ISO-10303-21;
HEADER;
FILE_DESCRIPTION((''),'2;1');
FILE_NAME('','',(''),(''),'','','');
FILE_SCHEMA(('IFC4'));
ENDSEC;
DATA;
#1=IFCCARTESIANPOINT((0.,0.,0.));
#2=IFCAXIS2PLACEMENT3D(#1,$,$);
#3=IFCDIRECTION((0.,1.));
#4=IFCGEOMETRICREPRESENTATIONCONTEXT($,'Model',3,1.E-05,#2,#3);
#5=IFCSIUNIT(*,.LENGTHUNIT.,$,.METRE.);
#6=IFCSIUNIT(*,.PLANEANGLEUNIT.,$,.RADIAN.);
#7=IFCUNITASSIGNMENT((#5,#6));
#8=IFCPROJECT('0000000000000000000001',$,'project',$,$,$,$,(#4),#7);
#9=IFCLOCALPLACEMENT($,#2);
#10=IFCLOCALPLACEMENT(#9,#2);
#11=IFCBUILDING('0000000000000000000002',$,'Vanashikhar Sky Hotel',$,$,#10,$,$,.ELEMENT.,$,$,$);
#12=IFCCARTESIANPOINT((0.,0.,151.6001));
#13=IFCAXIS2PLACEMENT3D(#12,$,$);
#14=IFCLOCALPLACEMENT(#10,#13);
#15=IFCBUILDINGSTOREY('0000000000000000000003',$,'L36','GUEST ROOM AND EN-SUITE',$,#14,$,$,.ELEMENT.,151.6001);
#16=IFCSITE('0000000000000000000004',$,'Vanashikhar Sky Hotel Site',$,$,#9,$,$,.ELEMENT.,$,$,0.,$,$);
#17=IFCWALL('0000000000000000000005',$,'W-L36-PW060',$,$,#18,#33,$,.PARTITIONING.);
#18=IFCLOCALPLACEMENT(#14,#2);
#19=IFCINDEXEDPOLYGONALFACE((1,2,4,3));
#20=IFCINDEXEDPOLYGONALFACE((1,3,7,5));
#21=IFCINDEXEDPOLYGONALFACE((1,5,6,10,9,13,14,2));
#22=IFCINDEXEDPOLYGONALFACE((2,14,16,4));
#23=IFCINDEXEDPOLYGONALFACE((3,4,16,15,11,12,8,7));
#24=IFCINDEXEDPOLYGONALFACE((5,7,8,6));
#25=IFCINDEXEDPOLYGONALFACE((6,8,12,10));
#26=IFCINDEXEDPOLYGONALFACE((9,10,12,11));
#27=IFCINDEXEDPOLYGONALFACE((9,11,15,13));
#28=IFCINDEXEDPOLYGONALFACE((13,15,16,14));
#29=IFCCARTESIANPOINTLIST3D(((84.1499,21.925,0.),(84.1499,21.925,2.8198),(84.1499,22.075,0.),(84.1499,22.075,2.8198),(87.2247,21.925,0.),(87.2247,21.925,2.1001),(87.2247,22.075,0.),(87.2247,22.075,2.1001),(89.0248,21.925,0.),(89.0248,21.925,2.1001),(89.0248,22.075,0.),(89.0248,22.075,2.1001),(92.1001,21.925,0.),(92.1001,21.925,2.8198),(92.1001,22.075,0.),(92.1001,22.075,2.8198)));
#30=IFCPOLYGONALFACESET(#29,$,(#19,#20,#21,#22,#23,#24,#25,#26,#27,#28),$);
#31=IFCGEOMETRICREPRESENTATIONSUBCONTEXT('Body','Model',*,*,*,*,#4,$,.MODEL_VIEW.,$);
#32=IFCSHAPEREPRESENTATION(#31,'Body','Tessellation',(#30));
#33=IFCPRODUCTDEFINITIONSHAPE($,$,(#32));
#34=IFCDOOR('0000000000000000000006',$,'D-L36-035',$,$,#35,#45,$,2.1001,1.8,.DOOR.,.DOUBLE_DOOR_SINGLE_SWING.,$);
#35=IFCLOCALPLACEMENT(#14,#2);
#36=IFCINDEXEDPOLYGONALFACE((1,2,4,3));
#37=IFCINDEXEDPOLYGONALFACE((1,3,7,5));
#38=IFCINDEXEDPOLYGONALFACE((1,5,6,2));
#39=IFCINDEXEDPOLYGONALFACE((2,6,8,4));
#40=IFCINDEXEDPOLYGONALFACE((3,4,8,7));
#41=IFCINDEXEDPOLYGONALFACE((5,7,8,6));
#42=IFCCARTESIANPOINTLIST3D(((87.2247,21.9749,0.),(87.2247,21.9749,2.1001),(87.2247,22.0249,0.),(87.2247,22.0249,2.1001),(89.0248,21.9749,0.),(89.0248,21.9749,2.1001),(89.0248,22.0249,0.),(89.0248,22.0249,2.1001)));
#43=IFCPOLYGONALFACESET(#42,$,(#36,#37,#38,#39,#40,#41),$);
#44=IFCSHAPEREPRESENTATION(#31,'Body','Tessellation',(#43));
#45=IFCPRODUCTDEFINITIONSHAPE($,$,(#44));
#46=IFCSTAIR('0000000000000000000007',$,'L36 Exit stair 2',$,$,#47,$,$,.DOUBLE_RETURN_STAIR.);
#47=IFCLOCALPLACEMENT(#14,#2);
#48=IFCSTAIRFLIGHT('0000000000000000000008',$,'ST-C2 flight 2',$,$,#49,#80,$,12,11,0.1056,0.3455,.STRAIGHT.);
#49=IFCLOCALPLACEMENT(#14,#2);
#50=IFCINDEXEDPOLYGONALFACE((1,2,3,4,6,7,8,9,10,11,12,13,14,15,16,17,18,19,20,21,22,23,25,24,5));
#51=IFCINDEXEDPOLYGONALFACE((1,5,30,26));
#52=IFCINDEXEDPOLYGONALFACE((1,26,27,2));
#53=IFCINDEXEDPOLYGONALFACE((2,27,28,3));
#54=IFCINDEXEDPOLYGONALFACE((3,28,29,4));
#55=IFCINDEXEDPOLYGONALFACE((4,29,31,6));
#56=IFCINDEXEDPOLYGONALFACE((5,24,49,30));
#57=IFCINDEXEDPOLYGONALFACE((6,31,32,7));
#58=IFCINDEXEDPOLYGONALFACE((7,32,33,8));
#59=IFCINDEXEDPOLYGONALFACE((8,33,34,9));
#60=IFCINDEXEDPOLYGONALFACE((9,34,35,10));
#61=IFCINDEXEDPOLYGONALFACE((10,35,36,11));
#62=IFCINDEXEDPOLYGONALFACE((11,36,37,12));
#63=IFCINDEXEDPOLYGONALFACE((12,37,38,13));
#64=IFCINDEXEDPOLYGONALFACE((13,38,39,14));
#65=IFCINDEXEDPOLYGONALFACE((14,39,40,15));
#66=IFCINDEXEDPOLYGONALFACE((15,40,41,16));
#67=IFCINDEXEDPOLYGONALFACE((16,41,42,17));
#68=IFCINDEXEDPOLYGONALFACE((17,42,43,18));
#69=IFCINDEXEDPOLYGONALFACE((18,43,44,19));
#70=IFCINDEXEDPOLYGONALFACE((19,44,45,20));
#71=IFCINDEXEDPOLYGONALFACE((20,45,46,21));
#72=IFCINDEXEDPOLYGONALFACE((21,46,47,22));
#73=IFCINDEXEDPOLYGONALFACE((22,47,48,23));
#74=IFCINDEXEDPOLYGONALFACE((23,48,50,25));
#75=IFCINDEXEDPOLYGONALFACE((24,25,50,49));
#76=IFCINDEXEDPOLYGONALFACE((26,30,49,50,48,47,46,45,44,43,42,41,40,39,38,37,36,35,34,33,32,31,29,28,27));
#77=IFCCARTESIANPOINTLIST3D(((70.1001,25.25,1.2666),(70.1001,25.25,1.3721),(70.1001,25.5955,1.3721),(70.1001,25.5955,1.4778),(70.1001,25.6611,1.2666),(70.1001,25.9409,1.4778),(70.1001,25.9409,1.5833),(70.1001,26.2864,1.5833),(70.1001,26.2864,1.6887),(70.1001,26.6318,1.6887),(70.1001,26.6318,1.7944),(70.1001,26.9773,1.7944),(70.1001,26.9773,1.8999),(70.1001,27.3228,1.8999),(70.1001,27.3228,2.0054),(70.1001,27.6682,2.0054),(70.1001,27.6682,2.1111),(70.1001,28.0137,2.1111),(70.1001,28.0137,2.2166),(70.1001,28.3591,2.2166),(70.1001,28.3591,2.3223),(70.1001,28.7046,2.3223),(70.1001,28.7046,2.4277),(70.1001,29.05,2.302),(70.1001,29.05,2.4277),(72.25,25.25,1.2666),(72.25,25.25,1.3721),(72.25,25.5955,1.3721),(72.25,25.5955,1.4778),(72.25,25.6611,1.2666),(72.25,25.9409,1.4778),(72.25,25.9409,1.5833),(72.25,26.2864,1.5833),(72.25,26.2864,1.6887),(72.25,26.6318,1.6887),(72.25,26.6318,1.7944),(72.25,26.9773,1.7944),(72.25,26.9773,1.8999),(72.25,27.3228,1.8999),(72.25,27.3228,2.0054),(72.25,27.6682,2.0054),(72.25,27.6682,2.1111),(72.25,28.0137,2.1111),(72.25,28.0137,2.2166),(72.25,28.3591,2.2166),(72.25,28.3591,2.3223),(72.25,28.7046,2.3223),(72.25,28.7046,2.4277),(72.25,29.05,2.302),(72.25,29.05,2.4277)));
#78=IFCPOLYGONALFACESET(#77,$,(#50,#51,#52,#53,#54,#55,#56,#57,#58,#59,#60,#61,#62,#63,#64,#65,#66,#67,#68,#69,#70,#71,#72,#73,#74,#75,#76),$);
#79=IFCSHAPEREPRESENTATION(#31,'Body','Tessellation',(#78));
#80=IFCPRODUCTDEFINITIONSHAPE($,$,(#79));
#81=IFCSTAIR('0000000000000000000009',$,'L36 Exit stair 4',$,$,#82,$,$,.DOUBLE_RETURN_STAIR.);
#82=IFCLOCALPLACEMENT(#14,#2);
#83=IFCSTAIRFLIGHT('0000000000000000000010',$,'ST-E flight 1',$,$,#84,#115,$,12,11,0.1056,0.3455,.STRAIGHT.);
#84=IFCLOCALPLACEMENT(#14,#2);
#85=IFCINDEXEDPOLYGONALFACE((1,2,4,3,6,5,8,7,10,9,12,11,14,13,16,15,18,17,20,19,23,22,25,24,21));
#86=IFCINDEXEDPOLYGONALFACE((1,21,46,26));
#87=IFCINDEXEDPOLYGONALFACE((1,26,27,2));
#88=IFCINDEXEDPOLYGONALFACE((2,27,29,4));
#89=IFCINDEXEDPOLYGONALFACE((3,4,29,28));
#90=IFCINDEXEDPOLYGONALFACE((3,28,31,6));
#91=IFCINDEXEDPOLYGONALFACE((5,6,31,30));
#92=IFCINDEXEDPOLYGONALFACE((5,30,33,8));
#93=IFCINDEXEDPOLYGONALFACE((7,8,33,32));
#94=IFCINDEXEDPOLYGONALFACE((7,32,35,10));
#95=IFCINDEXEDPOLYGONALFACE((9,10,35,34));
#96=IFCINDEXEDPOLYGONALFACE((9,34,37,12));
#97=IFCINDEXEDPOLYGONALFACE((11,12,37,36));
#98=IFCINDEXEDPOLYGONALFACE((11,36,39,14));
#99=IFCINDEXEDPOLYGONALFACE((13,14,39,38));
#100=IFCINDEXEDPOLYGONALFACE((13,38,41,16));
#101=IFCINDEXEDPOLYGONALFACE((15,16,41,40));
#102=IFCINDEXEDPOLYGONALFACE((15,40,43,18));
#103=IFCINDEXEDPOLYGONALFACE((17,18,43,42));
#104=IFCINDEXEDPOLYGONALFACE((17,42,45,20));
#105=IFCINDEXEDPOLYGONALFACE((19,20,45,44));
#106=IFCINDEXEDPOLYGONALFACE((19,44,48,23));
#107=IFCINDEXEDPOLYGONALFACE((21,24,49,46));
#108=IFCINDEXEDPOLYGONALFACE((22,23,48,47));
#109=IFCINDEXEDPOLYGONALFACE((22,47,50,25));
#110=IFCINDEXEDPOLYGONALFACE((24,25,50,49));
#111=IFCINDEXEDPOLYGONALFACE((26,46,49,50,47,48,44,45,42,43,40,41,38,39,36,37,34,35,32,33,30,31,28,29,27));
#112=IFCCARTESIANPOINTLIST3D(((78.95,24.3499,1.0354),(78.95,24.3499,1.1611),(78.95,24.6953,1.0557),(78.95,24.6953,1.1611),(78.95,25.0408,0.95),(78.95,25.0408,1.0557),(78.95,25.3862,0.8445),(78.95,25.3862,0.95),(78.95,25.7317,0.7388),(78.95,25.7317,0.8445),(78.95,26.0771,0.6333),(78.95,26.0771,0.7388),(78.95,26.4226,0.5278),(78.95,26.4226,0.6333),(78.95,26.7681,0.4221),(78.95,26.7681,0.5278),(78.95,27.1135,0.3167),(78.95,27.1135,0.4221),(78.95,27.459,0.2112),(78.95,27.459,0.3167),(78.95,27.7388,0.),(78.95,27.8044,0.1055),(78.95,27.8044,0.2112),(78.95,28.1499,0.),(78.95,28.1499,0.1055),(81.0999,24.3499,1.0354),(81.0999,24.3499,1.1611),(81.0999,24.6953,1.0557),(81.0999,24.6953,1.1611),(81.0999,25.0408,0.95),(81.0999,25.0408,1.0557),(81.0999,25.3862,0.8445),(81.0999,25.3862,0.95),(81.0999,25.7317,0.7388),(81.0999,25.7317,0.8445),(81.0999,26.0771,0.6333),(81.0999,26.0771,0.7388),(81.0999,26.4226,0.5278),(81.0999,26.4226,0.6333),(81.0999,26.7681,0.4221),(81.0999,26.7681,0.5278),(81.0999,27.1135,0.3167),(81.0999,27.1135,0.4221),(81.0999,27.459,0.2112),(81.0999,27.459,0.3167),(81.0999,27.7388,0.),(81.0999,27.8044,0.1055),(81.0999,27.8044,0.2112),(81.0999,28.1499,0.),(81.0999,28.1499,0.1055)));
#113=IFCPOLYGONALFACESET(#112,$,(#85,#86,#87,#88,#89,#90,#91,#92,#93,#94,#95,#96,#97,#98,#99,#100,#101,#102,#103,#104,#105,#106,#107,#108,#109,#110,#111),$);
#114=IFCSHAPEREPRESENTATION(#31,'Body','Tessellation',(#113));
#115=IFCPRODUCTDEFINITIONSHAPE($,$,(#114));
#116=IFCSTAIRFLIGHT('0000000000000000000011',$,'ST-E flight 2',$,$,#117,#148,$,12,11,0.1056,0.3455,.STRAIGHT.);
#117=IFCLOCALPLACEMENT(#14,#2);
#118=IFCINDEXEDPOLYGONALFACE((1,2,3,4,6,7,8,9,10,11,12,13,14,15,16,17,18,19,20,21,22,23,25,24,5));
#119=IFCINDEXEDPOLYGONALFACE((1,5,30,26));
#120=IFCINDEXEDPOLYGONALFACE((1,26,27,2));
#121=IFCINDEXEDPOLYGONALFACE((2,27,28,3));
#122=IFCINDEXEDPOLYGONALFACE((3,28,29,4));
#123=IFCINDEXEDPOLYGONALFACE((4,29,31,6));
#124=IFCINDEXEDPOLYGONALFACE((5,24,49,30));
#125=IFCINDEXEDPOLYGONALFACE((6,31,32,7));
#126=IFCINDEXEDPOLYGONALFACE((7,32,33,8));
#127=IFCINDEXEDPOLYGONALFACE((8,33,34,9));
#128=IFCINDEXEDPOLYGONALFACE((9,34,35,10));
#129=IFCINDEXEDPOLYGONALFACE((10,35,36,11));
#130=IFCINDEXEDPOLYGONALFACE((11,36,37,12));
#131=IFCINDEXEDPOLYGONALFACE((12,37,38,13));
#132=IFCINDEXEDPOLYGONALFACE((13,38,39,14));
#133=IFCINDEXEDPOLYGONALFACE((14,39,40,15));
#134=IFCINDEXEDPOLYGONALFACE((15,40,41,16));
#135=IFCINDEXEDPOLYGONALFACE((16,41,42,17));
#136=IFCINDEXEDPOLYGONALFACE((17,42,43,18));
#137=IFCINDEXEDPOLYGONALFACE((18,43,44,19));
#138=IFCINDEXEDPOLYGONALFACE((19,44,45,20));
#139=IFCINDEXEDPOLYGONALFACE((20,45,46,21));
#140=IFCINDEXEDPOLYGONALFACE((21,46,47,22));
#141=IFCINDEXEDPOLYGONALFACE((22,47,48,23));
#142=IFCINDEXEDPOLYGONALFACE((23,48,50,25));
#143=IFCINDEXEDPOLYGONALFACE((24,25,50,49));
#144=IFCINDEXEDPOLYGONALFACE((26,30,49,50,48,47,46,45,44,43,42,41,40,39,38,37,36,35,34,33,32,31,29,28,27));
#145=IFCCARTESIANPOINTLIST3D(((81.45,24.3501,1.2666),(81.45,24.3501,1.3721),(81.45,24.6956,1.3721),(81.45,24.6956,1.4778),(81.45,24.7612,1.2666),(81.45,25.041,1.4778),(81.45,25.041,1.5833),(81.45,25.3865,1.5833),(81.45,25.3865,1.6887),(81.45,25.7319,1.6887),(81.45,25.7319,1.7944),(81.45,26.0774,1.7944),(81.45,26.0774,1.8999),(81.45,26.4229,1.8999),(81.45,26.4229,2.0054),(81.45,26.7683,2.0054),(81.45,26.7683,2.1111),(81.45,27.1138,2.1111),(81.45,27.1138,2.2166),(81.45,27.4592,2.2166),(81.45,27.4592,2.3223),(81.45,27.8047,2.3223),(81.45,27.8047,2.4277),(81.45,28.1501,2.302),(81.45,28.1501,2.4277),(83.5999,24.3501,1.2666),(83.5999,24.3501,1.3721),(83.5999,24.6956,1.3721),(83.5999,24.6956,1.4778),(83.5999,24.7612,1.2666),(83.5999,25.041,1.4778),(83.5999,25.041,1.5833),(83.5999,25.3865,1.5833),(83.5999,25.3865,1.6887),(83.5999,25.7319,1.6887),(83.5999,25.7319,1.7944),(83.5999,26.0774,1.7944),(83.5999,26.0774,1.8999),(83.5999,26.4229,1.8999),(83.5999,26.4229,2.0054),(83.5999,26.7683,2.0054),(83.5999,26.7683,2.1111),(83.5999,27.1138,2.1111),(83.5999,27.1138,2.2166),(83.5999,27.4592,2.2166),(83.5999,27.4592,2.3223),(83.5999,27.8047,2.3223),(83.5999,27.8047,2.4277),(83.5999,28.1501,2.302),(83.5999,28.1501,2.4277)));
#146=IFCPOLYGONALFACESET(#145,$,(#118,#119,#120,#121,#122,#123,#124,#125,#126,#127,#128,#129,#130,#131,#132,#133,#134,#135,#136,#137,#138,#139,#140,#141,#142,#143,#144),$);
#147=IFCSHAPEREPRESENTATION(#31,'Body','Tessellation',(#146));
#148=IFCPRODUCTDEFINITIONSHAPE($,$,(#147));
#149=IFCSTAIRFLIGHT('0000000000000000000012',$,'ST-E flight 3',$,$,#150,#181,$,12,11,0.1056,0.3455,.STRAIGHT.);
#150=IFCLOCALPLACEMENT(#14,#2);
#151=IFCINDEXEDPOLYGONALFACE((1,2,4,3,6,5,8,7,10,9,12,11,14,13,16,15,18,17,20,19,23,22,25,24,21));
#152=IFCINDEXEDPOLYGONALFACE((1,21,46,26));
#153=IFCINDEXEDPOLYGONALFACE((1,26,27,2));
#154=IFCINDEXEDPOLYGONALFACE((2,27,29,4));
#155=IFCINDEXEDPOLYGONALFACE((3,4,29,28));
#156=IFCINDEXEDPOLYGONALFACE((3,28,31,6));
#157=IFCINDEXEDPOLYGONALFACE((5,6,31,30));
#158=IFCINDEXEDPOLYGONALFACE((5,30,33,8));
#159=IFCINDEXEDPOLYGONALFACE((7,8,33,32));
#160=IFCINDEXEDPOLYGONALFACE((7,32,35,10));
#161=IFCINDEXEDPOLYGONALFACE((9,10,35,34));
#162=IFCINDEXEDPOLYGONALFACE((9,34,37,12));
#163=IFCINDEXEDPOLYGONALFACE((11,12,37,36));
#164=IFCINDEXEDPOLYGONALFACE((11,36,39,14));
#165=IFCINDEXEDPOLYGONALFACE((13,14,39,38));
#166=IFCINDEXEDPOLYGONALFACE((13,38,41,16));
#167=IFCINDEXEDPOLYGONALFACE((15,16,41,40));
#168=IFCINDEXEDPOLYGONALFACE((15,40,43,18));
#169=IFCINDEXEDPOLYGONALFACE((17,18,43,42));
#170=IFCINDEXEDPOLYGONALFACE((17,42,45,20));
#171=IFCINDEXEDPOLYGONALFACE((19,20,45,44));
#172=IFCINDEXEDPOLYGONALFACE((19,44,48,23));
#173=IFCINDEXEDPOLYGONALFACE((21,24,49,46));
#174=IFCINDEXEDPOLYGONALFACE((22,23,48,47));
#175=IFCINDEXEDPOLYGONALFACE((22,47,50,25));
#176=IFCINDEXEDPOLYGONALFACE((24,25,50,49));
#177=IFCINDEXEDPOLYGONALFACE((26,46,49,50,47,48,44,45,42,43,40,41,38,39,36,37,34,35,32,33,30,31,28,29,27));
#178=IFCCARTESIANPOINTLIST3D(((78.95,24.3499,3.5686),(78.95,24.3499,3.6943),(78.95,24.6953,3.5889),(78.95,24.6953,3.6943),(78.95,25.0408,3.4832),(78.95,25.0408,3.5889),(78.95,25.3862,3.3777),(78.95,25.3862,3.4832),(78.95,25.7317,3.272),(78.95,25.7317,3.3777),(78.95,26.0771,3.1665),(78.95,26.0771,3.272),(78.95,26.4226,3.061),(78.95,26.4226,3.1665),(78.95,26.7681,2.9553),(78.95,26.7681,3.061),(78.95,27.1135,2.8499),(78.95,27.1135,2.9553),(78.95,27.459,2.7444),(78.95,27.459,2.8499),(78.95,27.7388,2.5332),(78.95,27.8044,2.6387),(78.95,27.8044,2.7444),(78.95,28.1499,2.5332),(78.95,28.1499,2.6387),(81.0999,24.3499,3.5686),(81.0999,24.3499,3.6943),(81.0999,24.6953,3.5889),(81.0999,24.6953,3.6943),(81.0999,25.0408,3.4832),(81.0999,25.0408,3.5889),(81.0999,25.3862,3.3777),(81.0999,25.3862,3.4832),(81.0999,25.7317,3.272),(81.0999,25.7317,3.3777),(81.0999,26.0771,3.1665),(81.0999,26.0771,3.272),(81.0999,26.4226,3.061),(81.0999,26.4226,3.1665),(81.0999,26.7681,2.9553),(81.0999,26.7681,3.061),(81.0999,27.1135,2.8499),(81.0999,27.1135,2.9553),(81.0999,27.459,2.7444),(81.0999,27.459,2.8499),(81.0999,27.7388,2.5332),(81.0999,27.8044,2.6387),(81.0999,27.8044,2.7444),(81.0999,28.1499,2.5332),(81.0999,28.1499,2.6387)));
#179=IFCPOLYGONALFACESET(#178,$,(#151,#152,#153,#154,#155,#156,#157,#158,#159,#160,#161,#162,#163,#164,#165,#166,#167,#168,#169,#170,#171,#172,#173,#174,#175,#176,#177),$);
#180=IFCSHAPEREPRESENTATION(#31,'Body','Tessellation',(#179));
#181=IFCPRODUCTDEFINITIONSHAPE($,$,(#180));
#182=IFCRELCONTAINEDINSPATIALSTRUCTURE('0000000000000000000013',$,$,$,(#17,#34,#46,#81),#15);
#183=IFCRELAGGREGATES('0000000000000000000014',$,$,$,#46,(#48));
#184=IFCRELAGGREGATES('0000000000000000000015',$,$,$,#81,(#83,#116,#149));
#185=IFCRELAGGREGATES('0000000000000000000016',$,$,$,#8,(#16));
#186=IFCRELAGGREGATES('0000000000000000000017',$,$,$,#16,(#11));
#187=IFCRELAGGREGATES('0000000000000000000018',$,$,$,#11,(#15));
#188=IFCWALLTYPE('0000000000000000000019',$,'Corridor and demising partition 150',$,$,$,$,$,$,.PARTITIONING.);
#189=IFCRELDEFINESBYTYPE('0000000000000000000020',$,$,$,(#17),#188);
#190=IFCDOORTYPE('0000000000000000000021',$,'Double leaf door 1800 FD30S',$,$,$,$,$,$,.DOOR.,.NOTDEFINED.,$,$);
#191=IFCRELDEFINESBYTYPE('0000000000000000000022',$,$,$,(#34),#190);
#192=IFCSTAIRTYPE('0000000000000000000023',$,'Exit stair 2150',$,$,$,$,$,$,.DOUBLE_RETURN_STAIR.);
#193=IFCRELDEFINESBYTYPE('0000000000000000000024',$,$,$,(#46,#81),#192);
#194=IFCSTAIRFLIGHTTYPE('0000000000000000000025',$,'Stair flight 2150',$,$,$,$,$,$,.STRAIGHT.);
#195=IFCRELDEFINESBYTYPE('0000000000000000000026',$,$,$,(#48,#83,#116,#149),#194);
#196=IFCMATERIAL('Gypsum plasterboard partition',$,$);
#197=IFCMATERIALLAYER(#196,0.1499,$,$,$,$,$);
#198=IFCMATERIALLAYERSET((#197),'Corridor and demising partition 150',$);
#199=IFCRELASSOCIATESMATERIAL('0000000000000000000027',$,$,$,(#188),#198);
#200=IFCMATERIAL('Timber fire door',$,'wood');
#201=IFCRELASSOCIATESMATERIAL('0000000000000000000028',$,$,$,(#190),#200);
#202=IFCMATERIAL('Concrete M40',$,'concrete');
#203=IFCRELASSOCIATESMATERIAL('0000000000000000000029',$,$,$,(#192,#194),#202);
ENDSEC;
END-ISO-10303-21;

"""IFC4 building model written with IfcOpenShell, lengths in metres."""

from ifc_helpers import new_model, si_unit, direction, frame, frame_2d, origin, place, context, subcontext, project, spatial, polyline, rectangle, outline, extrude, source, transform, mapped, material, layer, layer_set, type_object, element, fill, aggregate, save


model = new_model("IFC4")

# Units and contexts
model_context = context("Model", 3, precision=1e-05, world=origin(), true_north=direction((0.0, 1.0)))
body_context = subcontext(model_context, "Body", "Model", "MODEL_VIEW")
ifc_project = project(units=[si_unit("LENGTHUNIT", "METRE"), si_unit("PLANEANGLEUNIT", "RADIAN")], contexts=[model_context])

# Site, building, storey
site_placement = place(None, origin())
site = spatial("IfcSite", under=ifc_project, at=site_placement, Name="Vanashikhar Sky Hotel Site", CompositionType="ELEMENT", RefElevation=0.0)
building_placement = place(site_placement, origin())
building = spatial("IfcBuilding", under=site, at=building_placement, Name="Vanashikhar Sky Hotel", CompositionType="ELEMENT")
storey_placement = place(building_placement, frame((0.0, 0.0, 151.6001)))
storey = spatial("IfcBuildingStorey", under=building, at=storey_placement, Name="L36", Description="GUEST ROOM AND EN-SUITE", CompositionType="ELEMENT", Elevation=151.6001)

# Shared definitions
ifc_material_1 = material(Name="Concrete M40", Category="concrete")

# Wall, opening, door
ifc_material_2 = material(Name="Gypsum plasterboard partition")
ifc_layer_1 = layer(ifc_material_2, 0.1499)
ifc_layer_set_1 = layer_set([ifc_layer_1], Name="Corridor and demising partition 150")
wall_type_1 = type_object("IfcWallType", Name="Corridor and demising partition 150", PredefinedType="PARTITIONING", material=ifc_layer_set_1)
shared_shape_1 = source(origin(), body_context, "Body", "SweptSolid", [
    extrude(rectangle(XDim=7.9502, YDim=0.1499, at=frame_2d((3.9751, 0.0))), origin(), (0.0, 0.0, 1.0), 2.8198),
])
wall_1_placement = place(storey_placement, frame((84.1499, 22.0, 0.0), z_axis=(0.0, 0.0, 1.0), x_axis=(1.0, 0.0, 0.0)))
wall_1 = element("IfcWall", 1, at=wall_1_placement, inside=storey, type_object=wall_type_1, Name="W-L36-PW060", PredefinedType="PARTITIONING", context=body_context, shape_type="MappedRepresentation", body=[
    mapped(shared_shape_1, transform((0.0, 0.0, 0.0), scale=1.0)),
])
shared_shape_2 = source(origin(), body_context, "Body", "SweptSolid", [
    extrude(rectangle(XDim=1.8, YDim=2.1001, at=frame_2d((0.8999, 1.05))), frame((0.0, 0.085, 0.0), z_axis=(0.0, -1.0, 0.0), x_axis=(1.0, 0.0, 0.0)), (0.0, 0.0, 1.0), 0.1699),
])
opening_1_placement = place(wall_1_placement, frame((3.075, 0.0, 0.0)))
opening_1 = element("IfcOpeningElement", 2, at=opening_1_placement, cuts=wall_1, PredefinedType="OPENING", context=body_context, shape_type="MappedRepresentation", body=[
    mapped(shared_shape_2, transform((0.0, 0.0, 0.0), scale=1.0)),
])
ifc_material_3 = material(Name="Timber fire door", Category="wood")
door_type_1 = type_object("IfcDoorType", Name="Double leaf door 1800 FD30S", OperationType="NOTDEFINED", PredefinedType="DOOR", material=ifc_material_3)
shared_shape_3 = source(origin(), body_context, "Body", "SweptSolid", [
    extrude(rectangle(XDim=1.8, YDim=2.1001, at=frame_2d((0.8999, 1.05))), frame((0.0, 0.0249, 0.0), z_axis=(0.0, -1.0, 0.0), x_axis=(1.0, 0.0, 0.0)), (0.0, 0.0, 1.0), 0.05),
])
door_1_placement = place(opening_1_placement, origin())
door_1 = element("IfcDoor", 3, at=door_1_placement, inside=storey, type_object=door_type_1, Name="D-L36-035", OperationType="DOUBLE_DOOR_SINGLE_SWING", OverallHeight=2.1001, OverallWidth=1.8, PredefinedType="DOOR", context=body_context, shape_type="MappedRepresentation", body=[
    mapped(shared_shape_3, transform((0.0, 0.0, 0.0), scale=1.0)),
])
fill(opening_1, door_1)

# Stair, stair flight
stair_type = type_object("IfcStairType", Name="Exit stair 2150", PredefinedType="DOUBLE_RETURN_STAIR", material=ifc_material_1)
stair_1_placement = place(storey_placement, origin())
stair_1 = element("IfcStair", 4, at=stair_1_placement, inside=storey, type_object=stair_type, Name="L36 Exit stair 2", PredefinedType="DOUBLE_RETURN_STAIR")
stair_flight_type = type_object("IfcStairFlightType", Name="Stair flight 2150", PredefinedType="STRAIGHT", material=ifc_material_1)
shared_shape_4 = source(origin(), body_context, "Body", "SweptSolid", [
    extrude(outline(polyline([(0.0, 0.0), (0.0, 0.1055), (0.3455, 0.1055), (0.3455, 0.2112), (0.6909, 0.2112), (0.6909, 0.3167), (1.0364, 0.3167), (1.0364, 0.4221), (1.3818, 0.4221), (1.3818, 0.5278), (1.7273, 0.5278), (1.7273, 0.6333), (2.0728, 0.6333), (2.0728, 0.7388), (2.4182, 0.7388), (2.4182, 0.8445), (2.7637, 0.8445), (2.7637, 0.95), (3.1091, 0.95), (3.1091, 1.0557), (3.4546, 1.0557), (3.4546, 1.1611), (3.8, 1.1611), (3.8, 1.2666), (3.8, 1.0354), (0.4111, 0.0), (0.0, 0.0)])), frame((0.0, 1.075, 0.0), z_axis=(0.0, -1.0, 0.0), x_axis=(1.0, 0.0, 0.0)), (0.0, 0.0, 1.0), 2.1499),
])
stair_flight_1_placement = place(storey_placement, frame((71.175, 25.25, 1.2666), z_axis=(0.0, 0.0, 1.0), x_axis=(0.0, 1.0, 0.0)))
stair_flight_1 = element("IfcStairFlight", 5, at=stair_flight_1_placement, type_object=stair_flight_type, Name="ST-C2 flight 2", NumberOfRisers=12, NumberOfTreads=11, PredefinedType="STRAIGHT", RiserHeight=0.1056, TreadLength=0.3455, context=body_context, shape_type="MappedRepresentation", body=[
    mapped(shared_shape_4, transform((0.0, 0.0, 0.0), scale=1.0)),
])
aggregate(stair_1, [stair_flight_1])

# Stair, stair flights
stair_2_placement = place(storey_placement, origin())
stair_2 = element("IfcStair", 6, at=stair_2_placement, inside=storey, type_object=stair_type, Name="L36 Exit stair 4", PredefinedType="DOUBLE_RETURN_STAIR")
stair_flight_2_placement = place(storey_placement, frame((80.0249, 28.1499, 0.0), z_axis=(0.0, 0.0, 1.0), x_axis=(0.0, -1.0, 0.0)))
stair_flight_2 = element("IfcStairFlight", 7, at=stair_flight_2_placement, type_object=stair_flight_type, Name="ST-E flight 1", NumberOfRisers=12, NumberOfTreads=11, PredefinedType="STRAIGHT", RiserHeight=0.1056, TreadLength=0.3455, context=body_context, shape_type="MappedRepresentation", body=[
    mapped(shared_shape_4, transform((0.0, 0.0, 0.0), scale=1.0)),
])
stair_flight_3_placement = place(storey_placement, frame((82.5249, 24.3501, 1.2666), z_axis=(0.0, 0.0, 1.0), x_axis=(0.0, 1.0, 0.0)))
stair_flight_3 = element("IfcStairFlight", 8, at=stair_flight_3_placement, type_object=stair_flight_type, Name="ST-E flight 2", NumberOfRisers=12, NumberOfTreads=11, PredefinedType="STRAIGHT", RiserHeight=0.1056, TreadLength=0.3455, context=body_context, shape_type="MappedRepresentation", body=[
    mapped(shared_shape_4, transform((0.0, 0.0, 0.0), scale=1.0)),
])
stair_flight_4_placement = place(storey_placement, frame((80.0249, 28.1499, 2.5332), z_axis=(0.0, 0.0, 1.0), x_axis=(0.0, -1.0, 0.0)))
stair_flight_4 = element("IfcStairFlight", 9, at=stair_flight_4_placement, type_object=stair_flight_type, Name="ST-E flight 3", NumberOfRisers=12, NumberOfTreads=11, PredefinedType="STRAIGHT", RiserHeight=0.1056, TreadLength=0.3455, context=body_context, shape_type="MappedRepresentation", body=[
    mapped(shared_shape_4, transform((0.0, 0.0, 0.0), scale=1.0)),
])
aggregate(stair_2, [stair_flight_2, stair_flight_3, stair_flight_4])

save(model, "model.ifc")
